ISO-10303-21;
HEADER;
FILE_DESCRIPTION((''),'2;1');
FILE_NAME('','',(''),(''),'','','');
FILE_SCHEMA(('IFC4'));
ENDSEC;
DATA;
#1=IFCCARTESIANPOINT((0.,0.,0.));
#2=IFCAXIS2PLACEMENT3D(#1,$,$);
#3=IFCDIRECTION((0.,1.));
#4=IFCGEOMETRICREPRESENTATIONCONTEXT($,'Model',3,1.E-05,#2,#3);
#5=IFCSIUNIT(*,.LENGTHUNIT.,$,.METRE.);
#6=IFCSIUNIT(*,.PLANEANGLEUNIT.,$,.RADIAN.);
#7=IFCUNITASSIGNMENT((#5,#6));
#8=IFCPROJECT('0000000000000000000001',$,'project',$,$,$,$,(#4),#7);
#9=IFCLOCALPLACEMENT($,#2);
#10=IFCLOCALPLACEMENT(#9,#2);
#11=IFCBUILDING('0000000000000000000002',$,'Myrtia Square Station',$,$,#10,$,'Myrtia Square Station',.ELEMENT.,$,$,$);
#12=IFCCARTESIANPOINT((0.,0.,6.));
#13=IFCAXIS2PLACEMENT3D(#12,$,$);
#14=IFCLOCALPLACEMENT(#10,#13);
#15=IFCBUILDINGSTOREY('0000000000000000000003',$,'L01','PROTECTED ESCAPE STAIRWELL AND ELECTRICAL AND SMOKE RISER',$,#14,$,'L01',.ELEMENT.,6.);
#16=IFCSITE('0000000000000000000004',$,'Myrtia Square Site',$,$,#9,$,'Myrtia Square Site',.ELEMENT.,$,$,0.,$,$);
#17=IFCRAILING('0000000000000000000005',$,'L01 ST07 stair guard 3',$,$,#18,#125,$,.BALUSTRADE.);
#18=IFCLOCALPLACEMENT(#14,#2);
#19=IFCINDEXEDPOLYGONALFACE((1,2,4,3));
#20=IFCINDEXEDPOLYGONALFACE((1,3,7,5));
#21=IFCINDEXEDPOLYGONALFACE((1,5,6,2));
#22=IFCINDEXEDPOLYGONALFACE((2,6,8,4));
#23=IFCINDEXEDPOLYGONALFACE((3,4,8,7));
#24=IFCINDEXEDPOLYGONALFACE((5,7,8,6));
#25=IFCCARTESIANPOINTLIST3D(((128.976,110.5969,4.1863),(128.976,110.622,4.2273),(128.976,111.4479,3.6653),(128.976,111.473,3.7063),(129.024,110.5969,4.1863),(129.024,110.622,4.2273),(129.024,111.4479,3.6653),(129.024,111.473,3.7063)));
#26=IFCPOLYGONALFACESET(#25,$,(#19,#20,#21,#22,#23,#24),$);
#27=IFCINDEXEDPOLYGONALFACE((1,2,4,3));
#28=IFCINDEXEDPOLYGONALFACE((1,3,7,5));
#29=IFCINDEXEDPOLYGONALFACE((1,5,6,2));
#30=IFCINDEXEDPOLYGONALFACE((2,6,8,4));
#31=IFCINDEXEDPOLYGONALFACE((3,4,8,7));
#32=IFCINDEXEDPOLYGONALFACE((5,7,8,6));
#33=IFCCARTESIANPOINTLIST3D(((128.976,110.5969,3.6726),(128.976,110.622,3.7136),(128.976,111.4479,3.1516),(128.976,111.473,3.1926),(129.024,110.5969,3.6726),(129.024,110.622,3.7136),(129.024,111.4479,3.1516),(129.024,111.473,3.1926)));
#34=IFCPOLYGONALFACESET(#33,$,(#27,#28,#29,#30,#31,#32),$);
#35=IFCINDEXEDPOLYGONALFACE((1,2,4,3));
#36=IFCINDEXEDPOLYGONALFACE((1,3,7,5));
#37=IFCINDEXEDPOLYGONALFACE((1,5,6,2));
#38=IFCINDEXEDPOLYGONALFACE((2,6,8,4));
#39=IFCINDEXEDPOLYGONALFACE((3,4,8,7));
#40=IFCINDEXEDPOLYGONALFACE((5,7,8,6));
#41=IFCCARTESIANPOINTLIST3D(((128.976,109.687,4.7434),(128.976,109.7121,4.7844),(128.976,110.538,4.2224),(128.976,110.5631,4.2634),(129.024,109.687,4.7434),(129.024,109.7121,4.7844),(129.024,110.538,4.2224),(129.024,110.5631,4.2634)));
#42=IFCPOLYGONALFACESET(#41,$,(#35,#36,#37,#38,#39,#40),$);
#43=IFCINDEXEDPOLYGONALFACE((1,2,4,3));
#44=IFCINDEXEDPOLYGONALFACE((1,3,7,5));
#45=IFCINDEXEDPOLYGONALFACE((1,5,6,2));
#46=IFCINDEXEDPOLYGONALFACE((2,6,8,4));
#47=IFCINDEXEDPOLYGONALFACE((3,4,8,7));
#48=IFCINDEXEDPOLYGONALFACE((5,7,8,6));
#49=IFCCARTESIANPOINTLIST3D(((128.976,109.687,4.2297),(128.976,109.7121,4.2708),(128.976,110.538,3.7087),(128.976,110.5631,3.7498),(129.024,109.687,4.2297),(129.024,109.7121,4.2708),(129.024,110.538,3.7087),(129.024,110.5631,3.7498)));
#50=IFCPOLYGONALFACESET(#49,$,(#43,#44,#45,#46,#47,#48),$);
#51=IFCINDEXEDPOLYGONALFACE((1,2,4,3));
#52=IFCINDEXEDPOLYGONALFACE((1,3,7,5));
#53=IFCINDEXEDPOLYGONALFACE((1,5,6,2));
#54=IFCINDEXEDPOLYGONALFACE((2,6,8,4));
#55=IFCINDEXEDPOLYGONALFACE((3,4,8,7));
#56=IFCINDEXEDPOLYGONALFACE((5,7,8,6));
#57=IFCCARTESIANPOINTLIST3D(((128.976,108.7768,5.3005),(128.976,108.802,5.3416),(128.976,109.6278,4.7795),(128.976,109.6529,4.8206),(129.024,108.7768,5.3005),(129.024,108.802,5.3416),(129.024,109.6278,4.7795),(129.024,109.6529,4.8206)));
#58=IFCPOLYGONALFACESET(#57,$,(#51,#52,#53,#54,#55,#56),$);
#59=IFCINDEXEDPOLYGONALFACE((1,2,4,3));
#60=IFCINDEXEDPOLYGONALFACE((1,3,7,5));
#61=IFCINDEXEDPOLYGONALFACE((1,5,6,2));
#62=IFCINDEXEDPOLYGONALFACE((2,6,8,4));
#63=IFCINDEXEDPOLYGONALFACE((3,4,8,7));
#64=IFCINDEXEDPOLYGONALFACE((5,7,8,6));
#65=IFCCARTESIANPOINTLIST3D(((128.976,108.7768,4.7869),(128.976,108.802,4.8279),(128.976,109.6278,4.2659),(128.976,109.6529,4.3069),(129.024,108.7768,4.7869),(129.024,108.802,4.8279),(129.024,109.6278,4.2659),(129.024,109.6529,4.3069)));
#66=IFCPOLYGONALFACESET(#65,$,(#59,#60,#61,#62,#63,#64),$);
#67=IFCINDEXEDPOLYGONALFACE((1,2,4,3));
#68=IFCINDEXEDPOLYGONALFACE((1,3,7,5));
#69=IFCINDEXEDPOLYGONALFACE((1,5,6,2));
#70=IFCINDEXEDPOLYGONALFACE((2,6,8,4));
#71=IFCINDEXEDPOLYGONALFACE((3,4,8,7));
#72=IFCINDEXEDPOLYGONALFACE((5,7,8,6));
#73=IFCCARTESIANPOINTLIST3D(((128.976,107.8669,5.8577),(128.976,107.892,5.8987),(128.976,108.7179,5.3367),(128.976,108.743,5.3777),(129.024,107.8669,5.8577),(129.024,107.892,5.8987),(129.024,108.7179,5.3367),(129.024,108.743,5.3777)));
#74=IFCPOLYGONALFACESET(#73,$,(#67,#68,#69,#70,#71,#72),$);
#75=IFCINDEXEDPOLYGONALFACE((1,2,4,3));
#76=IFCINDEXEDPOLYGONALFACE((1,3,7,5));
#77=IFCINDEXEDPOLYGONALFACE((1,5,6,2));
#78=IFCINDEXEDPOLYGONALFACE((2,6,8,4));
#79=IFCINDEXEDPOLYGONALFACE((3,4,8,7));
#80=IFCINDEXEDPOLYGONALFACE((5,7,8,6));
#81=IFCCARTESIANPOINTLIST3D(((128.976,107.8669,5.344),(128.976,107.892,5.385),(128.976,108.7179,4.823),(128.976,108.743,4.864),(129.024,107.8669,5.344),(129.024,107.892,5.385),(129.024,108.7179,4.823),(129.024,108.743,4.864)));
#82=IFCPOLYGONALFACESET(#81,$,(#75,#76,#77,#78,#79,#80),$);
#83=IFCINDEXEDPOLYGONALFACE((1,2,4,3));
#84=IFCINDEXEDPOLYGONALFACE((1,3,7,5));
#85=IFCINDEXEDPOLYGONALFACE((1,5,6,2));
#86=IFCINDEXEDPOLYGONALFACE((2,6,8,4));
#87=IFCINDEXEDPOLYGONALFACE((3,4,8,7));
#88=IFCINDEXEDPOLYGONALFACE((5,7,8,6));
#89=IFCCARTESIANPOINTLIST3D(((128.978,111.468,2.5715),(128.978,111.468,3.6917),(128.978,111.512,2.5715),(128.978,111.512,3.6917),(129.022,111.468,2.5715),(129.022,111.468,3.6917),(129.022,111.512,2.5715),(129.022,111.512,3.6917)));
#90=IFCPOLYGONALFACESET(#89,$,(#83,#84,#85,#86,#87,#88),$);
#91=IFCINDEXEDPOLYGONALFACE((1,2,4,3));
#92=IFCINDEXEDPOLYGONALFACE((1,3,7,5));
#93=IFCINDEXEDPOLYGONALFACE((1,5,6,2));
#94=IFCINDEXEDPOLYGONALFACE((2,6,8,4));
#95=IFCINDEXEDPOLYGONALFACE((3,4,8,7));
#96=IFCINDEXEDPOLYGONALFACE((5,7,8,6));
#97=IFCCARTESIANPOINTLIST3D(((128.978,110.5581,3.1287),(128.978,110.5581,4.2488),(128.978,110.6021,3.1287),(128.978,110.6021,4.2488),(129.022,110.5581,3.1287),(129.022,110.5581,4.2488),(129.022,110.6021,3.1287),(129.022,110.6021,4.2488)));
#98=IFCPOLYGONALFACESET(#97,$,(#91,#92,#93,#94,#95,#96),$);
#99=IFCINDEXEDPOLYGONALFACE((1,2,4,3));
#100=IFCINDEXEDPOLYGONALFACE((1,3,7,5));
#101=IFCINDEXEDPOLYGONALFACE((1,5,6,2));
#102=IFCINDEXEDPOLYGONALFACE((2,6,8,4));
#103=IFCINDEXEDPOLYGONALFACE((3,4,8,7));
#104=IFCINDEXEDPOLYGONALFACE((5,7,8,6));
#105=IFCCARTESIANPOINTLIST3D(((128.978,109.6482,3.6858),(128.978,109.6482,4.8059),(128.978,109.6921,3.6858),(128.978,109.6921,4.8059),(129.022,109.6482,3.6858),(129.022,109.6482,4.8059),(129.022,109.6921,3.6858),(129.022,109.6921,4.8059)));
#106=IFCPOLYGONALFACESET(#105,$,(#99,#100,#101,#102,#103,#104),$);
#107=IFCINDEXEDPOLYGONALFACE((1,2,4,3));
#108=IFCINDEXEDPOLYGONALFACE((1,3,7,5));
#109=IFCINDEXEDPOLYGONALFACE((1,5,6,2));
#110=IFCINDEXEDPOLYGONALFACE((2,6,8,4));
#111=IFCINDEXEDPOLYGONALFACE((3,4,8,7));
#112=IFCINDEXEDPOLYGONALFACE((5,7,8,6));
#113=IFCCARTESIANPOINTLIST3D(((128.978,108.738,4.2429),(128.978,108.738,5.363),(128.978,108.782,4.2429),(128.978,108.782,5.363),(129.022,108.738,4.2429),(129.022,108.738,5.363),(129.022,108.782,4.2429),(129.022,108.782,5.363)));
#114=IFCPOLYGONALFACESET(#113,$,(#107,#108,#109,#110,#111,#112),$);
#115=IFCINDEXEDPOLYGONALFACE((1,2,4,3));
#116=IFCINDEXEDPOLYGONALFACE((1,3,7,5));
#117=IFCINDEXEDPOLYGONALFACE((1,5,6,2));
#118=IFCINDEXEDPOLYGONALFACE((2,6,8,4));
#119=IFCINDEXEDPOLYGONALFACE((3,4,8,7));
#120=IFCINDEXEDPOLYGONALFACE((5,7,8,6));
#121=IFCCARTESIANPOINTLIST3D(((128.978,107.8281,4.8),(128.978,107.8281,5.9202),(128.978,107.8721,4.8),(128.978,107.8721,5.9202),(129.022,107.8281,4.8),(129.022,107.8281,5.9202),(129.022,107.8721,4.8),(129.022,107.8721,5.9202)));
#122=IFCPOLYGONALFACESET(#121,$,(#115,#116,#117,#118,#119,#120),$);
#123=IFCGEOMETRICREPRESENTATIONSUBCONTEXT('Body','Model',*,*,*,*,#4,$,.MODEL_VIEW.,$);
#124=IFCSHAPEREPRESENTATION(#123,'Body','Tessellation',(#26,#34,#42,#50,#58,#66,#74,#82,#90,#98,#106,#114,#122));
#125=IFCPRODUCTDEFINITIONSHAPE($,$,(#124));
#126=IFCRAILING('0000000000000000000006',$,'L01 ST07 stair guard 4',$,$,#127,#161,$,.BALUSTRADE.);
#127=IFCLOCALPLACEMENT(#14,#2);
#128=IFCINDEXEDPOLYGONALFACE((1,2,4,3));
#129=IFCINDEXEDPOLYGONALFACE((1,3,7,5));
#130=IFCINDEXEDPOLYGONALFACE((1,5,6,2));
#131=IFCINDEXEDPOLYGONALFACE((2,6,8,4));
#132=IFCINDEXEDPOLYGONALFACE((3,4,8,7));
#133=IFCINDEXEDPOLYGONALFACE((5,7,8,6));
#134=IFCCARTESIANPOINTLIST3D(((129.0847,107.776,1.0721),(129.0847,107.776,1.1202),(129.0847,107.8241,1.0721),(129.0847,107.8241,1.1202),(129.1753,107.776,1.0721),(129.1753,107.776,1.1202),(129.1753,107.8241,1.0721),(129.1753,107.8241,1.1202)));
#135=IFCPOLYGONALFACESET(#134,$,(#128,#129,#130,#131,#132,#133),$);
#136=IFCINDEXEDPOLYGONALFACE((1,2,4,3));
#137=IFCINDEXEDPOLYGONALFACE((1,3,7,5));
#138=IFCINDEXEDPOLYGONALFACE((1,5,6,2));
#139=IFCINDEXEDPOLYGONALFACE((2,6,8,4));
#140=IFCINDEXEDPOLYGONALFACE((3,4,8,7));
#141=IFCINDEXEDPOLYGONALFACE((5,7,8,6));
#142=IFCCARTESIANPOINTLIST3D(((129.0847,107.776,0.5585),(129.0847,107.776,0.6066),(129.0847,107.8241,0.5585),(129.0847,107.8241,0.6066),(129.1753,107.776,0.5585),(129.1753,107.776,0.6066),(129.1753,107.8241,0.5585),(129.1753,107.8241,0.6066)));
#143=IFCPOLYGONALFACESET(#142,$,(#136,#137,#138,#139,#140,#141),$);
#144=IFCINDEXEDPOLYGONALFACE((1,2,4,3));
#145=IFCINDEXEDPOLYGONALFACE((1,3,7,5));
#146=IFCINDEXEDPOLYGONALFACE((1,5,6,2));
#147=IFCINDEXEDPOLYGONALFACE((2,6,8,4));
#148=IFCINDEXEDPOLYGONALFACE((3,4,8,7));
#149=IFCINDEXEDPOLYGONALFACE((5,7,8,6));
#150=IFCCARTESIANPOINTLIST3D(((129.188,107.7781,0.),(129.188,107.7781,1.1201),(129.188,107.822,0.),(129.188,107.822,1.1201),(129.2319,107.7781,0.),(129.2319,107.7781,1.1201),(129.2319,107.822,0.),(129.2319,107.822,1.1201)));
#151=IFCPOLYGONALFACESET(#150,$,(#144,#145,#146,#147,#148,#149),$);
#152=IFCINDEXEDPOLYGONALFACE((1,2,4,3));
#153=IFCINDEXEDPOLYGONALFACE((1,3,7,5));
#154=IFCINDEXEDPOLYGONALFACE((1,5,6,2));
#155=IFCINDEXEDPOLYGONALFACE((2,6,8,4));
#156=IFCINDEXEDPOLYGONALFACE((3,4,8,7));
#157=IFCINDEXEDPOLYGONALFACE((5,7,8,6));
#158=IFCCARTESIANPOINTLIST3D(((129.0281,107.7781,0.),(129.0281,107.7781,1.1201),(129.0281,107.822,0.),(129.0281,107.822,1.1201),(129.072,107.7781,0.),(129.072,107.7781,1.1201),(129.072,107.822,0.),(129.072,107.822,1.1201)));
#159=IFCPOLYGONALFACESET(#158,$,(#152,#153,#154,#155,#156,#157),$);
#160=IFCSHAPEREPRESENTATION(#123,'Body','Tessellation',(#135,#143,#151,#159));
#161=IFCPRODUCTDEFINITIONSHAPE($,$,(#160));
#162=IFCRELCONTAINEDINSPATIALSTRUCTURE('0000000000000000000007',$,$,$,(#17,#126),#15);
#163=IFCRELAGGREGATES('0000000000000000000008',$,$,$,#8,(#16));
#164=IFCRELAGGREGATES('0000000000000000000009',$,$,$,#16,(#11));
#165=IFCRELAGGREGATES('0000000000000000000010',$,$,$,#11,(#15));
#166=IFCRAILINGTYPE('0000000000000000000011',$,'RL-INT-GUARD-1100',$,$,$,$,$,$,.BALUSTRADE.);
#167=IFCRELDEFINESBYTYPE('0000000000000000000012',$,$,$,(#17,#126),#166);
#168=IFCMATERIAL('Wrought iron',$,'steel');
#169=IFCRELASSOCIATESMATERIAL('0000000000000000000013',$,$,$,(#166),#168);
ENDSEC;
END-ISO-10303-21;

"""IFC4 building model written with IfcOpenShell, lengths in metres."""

from ifc_helpers import new_model, si_unit, direction, frame, origin, origin_2d, place, context, subcontext, project, spatial, rectangle, extrude, material, type_object, element, save


model = new_model("IFC4")

# Units and contexts
model_context = context("Model", 3, precision=1e-05, world=origin(), true_north=direction((0.0, 1.0)))
body_context = subcontext(model_context, "Body", "Model", "MODEL_VIEW")
ifc_project = project(units=[si_unit("LENGTHUNIT", "METRE"), si_unit("PLANEANGLEUNIT", "RADIAN")], contexts=[model_context])

# Site, building, storey
site_placement = place(None, origin())
site = spatial("IfcSite", under=ifc_project, at=site_placement, Name="Myrtia Square Site", LongName="Myrtia Square Site", CompositionType="ELEMENT", RefElevation=0.0)
building_placement = place(site_placement, origin())
building = spatial("IfcBuilding", under=site, at=building_placement, Name="Myrtia Square Station", LongName="Myrtia Square Station", CompositionType="ELEMENT")
storey_placement = place(building_placement, frame((0.0, 0.0, 6.0)))
storey = spatial("IfcBuildingStorey", under=building, at=storey_placement, Name="L01", Description="PROTECTED ESCAPE STAIRWELL AND ELECTRICAL AND SMOKE RISER", LongName="L01", CompositionType="ELEMENT", Elevation=6.0)

# Railings
ifc_material_1 = material(Name="Wrought iron", Category="steel")
railing_type_1 = type_object("IfcRailingType", Name="RL-INT-GUARD-1100", PredefinedType="BALUSTRADE", material=ifc_material_1)
railing_1_placement = place(storey_placement, frame((129.0, 111.49, 2.5715)))
element("IfcRailing", 1, at=railing_1_placement, inside=storey, type_object=railing_type_1, Name="L01 ST07 stair guard 3", PredefinedType="BALUSTRADE", context=body_context, shape_type="SweptSolid", body=[
    extrude(rectangle(XDim=0.0481, YDim=0.0481, at=origin_2d()), frame((0.0, -0.0295, 1.1143), z_axis=(0.0, -0.85285, 0.522156), x_axis=(1.0, 0.0, 0.0)), (0.0, 0.0, 1.0), 0.9978),
    extrude(rectangle(XDim=0.0481, YDim=0.0481, at=origin_2d()), frame((0.0, -0.0295, 0.6006), z_axis=(0.0, -0.85285, 0.522156), x_axis=(1.0, 0.0, 0.0)), (0.0, 0.0, 1.0), 0.9978),
    extrude(rectangle(XDim=0.0481, YDim=0.0481, at=origin_2d()), frame((0.0, -0.9395, 1.6714), z_axis=(0.0, -0.85285, 0.522156), x_axis=(1.0, 0.0, 0.0)), (0.0, 0.0, 1.0), 0.9978),
    extrude(rectangle(XDim=0.0481, YDim=0.0481, at=origin_2d()), frame((0.0, -0.9395, 1.1577), z_axis=(0.0, -0.85285, 0.522156), x_axis=(1.0, 0.0, 0.0)), (0.0, 0.0, 1.0), 0.9978),
    extrude(rectangle(XDim=0.0481, YDim=0.0481, at=origin_2d()), frame((0.0, -1.8496, 2.2285), z_axis=(0.0, -0.85285, 0.522156), x_axis=(1.0, 0.0, 0.0)), (0.0, 0.0, 1.0), 0.9978),
    extrude(rectangle(XDim=0.0481, YDim=0.0481, at=origin_2d()), frame((0.0, -1.8496, 1.7148), z_axis=(0.0, -0.85285, 0.522156), x_axis=(1.0, 0.0, 0.0)), (0.0, 0.0, 1.0), 0.9978),
    extrude(rectangle(XDim=0.0481, YDim=0.0481, at=origin_2d()), frame((0.0, -2.7595, 2.7856), z_axis=(0.0, -0.85285, 0.522156), x_axis=(1.0, 0.0, 0.0)), (0.0, 0.0, 1.0), 0.9978),
    extrude(rectangle(XDim=0.0481, YDim=0.0481, at=origin_2d()), frame((0.0, -2.7595, 2.272), z_axis=(0.0, -0.85285, 0.522156), x_axis=(1.0, 0.0, 0.0)), (0.0, 0.0, 1.0), 0.9978),
    extrude(rectangle(XDim=0.0439, YDim=0.0439, at=origin_2d()), origin(), (0.0, 0.0, 1.0), 1.1201),
    extrude(rectangle(XDim=0.0439, YDim=0.0439, at=origin_2d()), frame((0.0, -0.9099, 0.5571)), (0.0, 0.0, 1.0), 1.1201),
    extrude(rectangle(XDim=0.0439, YDim=0.0439, at=origin_2d()), frame((0.0, -1.8198, 1.1143)), (0.0, 0.0, 1.0), 1.1201),
    extrude(rectangle(XDim=0.0439, YDim=0.0439, at=origin_2d()), frame((0.0, -2.73, 1.6714)), (0.0, 0.0, 1.0), 1.1201),
    extrude(rectangle(XDim=0.0439, YDim=0.0439, at=origin_2d()), frame((0.0, -3.6399, 2.2285)), (0.0, 0.0, 1.0), 1.1201),
])
railing_2_placement = place(storey_placement, frame((129.21, 107.8, 0.0)))
element("IfcRailing", 2, at=railing_2_placement, inside=storey, type_object=railing_type_1, Name="L01 ST07 stair guard 4", PredefinedType="BALUSTRADE", context=body_context, shape_type="SweptSolid", body=[
    extrude(rectangle(XDim=0.0481, YDim=0.0481, at=origin_2d()), frame((-0.0347, 0.0, 1.0962), z_axis=(-1.0, 0.0, 0.0), x_axis=(0.0, -1.0, 0.0)), (0.0, 0.0, 1.0), 0.0906),
    extrude(rectangle(XDim=0.0481, YDim=0.0481, at=origin_2d()), frame((-0.0347, 0.0, 0.5825), z_axis=(-1.0, 0.0, 0.0), x_axis=(0.0, -1.0, 0.0)), (0.0, 0.0, 1.0), 0.0906),
    extrude(rectangle(XDim=0.0439, YDim=0.0439, at=origin_2d()), origin(), (0.0, 0.0, 1.0), 1.1201),
    extrude(rectangle(XDim=0.0439, YDim=0.0439, at=origin_2d()), frame((-0.1599, 0.0, 0.0)), (0.0, 0.0, 1.0), 1.1201),
])

save(model, "model.ifc")
